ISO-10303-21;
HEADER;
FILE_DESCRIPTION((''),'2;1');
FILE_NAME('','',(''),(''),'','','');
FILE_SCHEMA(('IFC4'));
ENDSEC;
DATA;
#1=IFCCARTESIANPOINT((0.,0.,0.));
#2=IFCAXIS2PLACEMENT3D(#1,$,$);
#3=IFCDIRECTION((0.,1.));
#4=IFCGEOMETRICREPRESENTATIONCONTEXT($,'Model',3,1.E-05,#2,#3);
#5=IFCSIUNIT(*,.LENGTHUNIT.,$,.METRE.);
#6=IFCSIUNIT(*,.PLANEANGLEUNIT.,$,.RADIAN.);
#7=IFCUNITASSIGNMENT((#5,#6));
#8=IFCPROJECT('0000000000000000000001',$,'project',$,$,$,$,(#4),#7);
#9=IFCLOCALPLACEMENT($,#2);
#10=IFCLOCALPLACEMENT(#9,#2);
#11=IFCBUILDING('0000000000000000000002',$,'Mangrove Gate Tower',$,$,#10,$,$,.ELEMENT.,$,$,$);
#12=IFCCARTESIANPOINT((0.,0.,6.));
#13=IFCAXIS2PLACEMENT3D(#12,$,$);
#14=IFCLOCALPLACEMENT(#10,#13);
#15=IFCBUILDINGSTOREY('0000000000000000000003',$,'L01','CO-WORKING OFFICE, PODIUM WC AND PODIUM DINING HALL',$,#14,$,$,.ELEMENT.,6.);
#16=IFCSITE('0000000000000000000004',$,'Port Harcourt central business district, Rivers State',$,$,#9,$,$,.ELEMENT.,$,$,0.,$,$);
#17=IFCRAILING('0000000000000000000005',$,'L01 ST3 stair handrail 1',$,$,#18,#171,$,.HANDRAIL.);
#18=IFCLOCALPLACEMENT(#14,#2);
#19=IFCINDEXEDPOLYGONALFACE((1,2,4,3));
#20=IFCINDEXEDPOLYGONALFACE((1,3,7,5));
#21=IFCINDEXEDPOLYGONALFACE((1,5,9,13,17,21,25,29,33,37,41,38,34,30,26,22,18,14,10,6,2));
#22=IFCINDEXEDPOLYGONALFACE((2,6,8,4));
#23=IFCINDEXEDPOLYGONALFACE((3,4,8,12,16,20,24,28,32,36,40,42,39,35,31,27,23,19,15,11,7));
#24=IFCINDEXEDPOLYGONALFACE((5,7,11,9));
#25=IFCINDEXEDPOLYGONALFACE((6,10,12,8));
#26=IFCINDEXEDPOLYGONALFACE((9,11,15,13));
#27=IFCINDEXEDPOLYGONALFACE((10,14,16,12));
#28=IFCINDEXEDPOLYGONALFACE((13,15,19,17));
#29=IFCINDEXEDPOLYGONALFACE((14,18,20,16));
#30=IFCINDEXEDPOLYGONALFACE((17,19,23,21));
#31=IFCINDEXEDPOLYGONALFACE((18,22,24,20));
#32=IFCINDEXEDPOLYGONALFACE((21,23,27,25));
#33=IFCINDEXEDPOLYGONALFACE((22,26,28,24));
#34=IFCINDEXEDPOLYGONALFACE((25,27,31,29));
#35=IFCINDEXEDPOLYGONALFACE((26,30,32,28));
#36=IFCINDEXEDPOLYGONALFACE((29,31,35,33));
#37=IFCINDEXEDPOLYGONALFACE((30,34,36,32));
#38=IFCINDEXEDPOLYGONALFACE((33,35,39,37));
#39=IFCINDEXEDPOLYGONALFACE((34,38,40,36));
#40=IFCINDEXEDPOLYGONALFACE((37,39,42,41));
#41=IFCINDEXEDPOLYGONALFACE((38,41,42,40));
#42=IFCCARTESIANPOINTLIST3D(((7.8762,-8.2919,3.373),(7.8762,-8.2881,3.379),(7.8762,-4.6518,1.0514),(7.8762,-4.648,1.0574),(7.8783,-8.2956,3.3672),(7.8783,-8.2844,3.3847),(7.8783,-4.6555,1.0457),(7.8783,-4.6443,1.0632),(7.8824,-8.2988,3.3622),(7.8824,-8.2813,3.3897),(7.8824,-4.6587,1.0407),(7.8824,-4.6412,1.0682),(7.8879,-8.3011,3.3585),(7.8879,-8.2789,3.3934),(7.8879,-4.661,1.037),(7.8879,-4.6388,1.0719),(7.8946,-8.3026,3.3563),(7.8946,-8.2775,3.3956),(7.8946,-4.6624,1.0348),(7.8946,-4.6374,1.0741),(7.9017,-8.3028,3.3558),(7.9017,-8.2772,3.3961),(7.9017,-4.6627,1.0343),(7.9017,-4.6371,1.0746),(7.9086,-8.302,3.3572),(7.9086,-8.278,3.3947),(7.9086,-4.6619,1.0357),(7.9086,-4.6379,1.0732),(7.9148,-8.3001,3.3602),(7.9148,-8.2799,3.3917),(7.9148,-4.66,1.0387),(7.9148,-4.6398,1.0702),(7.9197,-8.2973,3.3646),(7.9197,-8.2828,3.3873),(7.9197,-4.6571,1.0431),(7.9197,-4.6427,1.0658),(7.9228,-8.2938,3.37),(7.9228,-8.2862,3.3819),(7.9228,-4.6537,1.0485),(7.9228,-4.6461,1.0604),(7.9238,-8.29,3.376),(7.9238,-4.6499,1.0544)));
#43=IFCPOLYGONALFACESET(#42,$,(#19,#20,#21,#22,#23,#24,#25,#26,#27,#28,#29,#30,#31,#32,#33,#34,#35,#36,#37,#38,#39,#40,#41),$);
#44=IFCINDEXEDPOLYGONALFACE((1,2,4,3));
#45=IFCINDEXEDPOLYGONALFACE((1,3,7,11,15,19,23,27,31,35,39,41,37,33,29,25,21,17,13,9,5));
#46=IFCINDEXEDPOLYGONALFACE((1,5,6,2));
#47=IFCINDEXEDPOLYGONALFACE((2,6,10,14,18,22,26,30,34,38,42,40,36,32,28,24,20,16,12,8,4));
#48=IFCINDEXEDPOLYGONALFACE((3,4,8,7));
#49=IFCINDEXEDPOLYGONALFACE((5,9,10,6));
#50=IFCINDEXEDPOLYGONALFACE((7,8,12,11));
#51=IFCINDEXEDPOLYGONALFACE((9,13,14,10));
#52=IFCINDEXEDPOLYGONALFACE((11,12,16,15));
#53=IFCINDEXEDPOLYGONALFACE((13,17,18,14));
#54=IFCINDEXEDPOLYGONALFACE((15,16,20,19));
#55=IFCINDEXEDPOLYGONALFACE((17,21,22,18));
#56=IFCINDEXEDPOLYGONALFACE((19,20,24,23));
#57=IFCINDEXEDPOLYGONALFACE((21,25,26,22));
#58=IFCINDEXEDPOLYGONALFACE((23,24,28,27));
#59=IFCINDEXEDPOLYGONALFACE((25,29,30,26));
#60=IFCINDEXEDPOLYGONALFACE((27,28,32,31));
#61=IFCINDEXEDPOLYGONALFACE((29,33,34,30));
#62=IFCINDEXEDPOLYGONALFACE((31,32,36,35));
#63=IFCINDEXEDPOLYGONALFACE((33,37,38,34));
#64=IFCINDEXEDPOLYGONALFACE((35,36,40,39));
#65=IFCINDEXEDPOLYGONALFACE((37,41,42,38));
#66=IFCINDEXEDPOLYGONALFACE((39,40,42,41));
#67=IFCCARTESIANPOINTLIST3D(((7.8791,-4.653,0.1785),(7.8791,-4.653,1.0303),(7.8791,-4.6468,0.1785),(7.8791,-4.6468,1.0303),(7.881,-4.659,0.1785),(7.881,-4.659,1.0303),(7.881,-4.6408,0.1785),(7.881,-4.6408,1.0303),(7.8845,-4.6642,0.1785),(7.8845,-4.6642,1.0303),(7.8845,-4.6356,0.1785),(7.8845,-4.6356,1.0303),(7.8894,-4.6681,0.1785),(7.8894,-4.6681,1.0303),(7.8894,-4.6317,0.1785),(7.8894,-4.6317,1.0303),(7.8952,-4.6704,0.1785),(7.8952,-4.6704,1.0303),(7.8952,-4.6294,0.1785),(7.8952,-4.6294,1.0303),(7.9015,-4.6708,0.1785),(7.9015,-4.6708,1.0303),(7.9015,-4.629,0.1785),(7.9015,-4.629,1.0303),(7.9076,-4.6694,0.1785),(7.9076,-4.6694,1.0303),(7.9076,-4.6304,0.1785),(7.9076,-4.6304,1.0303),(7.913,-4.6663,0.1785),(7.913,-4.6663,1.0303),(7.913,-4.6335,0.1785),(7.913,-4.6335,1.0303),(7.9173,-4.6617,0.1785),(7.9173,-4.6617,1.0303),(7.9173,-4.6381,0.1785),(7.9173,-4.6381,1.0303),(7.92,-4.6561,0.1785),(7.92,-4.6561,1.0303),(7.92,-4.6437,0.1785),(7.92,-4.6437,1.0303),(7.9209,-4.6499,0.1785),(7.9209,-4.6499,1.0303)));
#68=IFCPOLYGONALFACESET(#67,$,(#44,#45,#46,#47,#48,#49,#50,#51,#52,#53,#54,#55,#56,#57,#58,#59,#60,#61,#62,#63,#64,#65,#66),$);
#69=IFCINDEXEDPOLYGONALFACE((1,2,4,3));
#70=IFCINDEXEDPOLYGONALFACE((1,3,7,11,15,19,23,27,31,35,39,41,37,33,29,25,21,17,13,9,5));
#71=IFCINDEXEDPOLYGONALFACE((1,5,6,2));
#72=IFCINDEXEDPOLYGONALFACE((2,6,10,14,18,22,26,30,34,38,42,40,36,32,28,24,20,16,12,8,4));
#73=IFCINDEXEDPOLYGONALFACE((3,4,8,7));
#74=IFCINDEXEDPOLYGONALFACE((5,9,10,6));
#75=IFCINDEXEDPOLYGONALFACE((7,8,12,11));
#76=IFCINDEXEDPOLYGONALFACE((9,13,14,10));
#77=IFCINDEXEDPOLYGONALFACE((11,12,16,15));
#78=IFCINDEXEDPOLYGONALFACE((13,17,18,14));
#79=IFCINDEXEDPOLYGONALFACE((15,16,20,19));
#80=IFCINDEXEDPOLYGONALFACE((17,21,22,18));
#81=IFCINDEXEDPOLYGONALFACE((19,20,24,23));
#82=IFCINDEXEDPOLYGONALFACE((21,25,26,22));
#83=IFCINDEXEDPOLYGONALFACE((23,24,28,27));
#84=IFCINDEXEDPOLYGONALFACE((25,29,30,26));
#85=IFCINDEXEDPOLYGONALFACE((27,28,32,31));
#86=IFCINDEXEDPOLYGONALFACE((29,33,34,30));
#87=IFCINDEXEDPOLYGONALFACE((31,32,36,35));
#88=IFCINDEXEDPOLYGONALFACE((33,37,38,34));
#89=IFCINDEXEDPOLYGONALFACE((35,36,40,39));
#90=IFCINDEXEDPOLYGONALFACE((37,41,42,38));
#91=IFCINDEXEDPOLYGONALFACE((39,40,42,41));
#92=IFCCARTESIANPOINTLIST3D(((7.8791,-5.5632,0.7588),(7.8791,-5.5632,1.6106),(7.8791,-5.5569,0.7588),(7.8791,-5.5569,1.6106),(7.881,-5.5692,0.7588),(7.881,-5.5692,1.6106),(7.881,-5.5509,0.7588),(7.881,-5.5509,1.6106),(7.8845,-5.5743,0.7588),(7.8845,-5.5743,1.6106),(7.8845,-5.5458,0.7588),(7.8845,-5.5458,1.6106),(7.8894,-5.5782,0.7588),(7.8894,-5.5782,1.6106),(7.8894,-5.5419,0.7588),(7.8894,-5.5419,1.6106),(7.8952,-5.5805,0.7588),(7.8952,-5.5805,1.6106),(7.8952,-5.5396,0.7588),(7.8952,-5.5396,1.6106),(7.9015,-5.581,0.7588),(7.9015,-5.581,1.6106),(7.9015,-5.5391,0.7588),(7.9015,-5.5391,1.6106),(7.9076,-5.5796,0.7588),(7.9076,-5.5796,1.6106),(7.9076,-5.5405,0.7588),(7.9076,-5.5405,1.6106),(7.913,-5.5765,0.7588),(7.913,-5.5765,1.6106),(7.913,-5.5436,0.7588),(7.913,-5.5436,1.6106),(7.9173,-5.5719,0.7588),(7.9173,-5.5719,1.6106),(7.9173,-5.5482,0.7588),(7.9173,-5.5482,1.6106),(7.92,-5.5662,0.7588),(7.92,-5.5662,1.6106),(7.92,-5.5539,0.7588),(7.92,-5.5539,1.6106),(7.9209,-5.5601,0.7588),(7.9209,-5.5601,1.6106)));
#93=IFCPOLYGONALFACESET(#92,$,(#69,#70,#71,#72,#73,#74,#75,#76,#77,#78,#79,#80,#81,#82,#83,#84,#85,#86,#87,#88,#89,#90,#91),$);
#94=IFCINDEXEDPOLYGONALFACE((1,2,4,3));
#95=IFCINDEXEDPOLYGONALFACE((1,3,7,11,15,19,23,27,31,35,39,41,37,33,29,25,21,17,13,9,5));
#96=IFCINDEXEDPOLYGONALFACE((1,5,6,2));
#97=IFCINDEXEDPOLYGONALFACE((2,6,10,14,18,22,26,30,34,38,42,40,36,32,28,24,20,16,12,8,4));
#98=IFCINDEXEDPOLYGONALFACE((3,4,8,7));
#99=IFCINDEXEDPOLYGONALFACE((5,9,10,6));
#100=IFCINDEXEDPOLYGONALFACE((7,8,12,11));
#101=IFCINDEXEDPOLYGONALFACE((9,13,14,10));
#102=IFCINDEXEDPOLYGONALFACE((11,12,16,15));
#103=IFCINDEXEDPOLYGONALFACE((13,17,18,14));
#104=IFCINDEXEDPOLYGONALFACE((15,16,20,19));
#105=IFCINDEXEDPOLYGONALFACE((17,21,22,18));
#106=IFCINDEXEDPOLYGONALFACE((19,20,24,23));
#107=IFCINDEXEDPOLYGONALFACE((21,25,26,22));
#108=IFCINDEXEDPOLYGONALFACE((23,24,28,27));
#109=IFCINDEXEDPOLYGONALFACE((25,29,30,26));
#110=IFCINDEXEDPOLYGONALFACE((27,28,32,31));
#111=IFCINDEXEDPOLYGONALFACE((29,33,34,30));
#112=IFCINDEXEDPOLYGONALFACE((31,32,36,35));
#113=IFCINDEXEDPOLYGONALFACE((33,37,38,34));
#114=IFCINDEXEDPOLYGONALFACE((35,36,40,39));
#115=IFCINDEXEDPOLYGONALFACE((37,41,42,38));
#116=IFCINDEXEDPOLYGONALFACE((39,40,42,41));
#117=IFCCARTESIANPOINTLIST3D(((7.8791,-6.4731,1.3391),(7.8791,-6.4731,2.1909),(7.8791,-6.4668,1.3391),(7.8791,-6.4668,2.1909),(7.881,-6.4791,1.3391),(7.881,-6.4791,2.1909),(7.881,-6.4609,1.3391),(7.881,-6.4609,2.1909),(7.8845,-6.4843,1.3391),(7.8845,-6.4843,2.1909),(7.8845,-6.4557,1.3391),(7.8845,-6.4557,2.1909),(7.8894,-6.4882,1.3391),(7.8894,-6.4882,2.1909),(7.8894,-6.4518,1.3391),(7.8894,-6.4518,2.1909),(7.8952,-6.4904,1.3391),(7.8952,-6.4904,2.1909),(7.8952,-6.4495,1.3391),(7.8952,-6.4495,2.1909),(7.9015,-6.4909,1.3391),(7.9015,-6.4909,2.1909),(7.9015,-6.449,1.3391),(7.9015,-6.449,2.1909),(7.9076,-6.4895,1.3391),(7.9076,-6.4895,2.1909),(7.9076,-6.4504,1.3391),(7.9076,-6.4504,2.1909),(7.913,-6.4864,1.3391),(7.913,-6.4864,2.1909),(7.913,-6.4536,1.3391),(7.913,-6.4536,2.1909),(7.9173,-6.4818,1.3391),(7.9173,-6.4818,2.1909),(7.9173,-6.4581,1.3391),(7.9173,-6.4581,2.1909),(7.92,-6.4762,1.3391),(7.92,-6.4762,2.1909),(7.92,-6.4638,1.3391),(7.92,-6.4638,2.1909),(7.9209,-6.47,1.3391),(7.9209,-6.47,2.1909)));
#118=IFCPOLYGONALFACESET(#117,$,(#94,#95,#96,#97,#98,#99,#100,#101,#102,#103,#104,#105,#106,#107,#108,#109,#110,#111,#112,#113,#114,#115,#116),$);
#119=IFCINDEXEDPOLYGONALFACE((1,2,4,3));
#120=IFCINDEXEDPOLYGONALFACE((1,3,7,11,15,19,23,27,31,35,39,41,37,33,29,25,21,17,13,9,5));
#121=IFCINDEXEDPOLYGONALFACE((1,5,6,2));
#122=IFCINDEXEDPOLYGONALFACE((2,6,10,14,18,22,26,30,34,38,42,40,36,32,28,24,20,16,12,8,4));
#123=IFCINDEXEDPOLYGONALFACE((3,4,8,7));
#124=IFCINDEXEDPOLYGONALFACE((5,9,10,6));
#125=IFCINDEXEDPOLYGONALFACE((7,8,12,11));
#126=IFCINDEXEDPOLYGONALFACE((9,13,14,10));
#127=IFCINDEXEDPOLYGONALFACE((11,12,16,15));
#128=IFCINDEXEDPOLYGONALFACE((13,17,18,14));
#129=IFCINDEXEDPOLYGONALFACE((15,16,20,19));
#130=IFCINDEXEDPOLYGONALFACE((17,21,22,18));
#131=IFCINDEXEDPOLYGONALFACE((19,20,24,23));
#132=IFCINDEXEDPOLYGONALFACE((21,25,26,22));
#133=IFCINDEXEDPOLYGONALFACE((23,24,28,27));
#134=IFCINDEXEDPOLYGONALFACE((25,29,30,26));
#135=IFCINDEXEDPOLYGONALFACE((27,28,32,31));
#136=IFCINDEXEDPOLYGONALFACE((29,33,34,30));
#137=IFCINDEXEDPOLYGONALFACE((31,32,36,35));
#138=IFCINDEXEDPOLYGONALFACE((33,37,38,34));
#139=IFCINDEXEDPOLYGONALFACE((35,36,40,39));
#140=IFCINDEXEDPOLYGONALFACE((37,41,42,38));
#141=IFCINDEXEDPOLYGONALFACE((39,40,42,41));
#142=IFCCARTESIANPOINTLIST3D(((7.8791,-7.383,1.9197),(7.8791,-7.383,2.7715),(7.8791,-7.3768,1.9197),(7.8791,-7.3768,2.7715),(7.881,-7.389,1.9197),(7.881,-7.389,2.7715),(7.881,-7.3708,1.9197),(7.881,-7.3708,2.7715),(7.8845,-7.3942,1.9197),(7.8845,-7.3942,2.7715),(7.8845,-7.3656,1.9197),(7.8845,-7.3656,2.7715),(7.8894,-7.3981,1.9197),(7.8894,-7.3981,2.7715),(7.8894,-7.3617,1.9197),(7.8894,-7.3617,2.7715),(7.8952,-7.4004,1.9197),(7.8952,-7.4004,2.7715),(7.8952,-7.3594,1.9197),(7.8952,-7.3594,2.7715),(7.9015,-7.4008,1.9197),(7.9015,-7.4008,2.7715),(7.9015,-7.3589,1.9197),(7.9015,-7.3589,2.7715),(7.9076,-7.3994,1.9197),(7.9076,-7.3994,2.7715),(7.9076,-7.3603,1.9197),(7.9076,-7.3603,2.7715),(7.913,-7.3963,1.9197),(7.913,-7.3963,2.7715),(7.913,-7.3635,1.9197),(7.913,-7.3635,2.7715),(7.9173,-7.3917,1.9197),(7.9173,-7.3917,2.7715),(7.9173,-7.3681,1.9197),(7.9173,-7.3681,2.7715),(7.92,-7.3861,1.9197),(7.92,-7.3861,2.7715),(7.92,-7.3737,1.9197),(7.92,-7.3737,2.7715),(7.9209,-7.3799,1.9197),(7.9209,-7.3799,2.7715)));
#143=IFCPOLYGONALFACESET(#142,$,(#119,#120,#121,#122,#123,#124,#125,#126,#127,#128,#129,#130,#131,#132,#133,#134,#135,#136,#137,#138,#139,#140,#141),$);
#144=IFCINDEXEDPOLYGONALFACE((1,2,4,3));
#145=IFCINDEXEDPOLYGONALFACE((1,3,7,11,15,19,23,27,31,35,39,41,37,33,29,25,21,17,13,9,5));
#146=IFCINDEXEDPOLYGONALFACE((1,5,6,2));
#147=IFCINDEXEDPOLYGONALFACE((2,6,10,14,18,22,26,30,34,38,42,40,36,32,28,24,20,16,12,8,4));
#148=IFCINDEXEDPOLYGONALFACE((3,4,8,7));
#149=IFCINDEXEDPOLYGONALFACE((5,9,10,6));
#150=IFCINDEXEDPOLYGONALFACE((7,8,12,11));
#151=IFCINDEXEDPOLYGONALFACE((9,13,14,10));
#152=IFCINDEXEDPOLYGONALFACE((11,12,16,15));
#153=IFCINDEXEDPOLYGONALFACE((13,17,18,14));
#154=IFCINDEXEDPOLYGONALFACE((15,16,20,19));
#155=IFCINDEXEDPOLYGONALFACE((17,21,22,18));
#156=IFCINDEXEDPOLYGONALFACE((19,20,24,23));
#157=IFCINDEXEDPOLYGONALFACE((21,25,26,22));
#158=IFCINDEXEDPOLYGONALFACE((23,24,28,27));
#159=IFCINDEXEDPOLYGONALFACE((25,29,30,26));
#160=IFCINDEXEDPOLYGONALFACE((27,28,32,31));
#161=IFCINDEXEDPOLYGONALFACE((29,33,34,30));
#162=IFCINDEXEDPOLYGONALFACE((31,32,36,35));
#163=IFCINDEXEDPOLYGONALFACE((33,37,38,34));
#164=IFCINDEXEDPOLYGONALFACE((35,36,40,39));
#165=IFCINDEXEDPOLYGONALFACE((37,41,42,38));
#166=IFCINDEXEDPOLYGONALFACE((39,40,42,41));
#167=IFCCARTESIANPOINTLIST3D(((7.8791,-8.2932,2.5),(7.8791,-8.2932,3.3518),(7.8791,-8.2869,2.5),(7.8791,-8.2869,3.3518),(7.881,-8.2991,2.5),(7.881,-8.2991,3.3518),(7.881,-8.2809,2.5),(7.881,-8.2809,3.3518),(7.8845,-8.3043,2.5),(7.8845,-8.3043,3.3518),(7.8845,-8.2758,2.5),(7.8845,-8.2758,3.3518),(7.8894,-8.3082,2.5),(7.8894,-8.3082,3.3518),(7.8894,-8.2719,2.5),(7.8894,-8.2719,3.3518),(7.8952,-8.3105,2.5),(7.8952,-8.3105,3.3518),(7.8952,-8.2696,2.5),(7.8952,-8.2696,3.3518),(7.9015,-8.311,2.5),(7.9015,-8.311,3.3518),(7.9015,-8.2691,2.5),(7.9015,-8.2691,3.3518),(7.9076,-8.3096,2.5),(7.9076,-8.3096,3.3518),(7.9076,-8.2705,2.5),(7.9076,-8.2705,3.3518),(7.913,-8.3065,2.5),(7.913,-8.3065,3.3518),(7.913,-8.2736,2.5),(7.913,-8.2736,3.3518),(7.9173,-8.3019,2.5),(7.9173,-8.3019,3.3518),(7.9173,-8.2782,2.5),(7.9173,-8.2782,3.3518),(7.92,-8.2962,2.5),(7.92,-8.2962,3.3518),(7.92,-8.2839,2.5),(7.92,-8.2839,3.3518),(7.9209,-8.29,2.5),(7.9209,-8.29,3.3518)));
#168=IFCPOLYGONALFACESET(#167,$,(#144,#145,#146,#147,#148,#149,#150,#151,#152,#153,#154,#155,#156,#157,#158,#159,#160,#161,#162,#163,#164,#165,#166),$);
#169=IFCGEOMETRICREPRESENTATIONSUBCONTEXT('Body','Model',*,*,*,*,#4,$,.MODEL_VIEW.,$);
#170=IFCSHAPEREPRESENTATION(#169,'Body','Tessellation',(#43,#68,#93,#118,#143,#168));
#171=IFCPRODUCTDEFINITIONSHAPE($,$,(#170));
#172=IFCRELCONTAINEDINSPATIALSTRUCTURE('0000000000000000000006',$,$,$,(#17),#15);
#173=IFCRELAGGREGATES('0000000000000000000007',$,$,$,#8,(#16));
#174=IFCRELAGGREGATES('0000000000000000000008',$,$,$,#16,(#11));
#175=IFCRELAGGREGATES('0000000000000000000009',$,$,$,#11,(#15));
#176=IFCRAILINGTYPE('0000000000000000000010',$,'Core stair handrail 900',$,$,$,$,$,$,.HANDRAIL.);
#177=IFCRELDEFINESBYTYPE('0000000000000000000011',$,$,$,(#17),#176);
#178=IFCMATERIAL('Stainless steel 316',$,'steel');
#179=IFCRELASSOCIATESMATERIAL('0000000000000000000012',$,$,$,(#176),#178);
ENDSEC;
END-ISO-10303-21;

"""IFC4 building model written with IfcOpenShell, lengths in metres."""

from ifc_helpers import new_model, si_unit, direction, frame, origin, origin_2d, place, context, subcontext, project, spatial, circle, extrude, material, type_object, element, save


model = new_model("IFC4")

# Units and contexts
model_context = context("Model", 3, precision=1e-05, world=origin(), true_north=direction((0.0, 1.0)))
body_context = subcontext(model_context, "Body", "Model", "MODEL_VIEW")
ifc_project = project(units=[si_unit("LENGTHUNIT", "METRE"), si_unit("PLANEANGLEUNIT", "RADIAN")], contexts=[model_context])

# Site, building, storey
site_placement = place(None, origin())
site = spatial("IfcSite", under=ifc_project, at=site_placement, Name="Port Harcourt central business district, Rivers State", CompositionType="ELEMENT", RefElevation=0.0)
building_placement = place(site_placement, origin())
building = spatial("IfcBuilding", under=site, at=building_placement, Name="Mangrove Gate Tower", CompositionType="ELEMENT")
storey_placement = place(building_placement, frame((0.0, 0.0, 6.0)))
storey = spatial("IfcBuildingStorey", under=building, at=storey_placement, Name="L01", Description="CO-WORKING OFFICE, PODIUM WC AND PODIUM DINING HALL", CompositionType="ELEMENT", Elevation=6.0)

# Railing
ifc_material_1 = material(Name="Stainless steel 316", Category="steel")
railing_type_1 = type_object("IfcRailingType", Name="Core stair handrail 900", PredefinedType="HANDRAIL", material=ifc_material_1)
railing_1_placement = place(storey_placement, frame((7.8999, -4.6499, 0.1785)))
element("IfcRailing", 1, at=railing_1_placement, inside=storey, type_object=railing_type_1, Name="L01 ST3 stair handrail 1", PredefinedType="HANDRAIL", context=body_context, shape_type="SweptSolid", body=[
    extrude(circle(Radius=0.0239, at=origin_2d()), frame((0.0, 0.0, 0.876), z_axis=(0.0, -0.843128, 0.537713), x_axis=(1.0, 0.0, 0.0)), (0.0, 0.0, 1.0), 4.3174),
    extrude(circle(Radius=0.021, at=origin_2d()), origin(), (0.0, 0.0, 1.0), 0.8518),
    extrude(circle(Radius=0.021, at=origin_2d()), frame((0.0, -0.9102, 0.5803)), (0.0, 0.0, 1.0), 0.8518),
    extrude(circle(Radius=0.021, at=origin_2d()), frame((0.0, -1.8201, 1.1606)), (0.0, 0.0, 1.0), 0.8518),
    extrude(circle(Radius=0.021, at=origin_2d()), frame((0.0, -2.73, 1.7412)), (0.0, 0.0, 1.0), 0.8518),
    extrude(circle(Radius=0.021, at=origin_2d()), frame((0.0, -3.6401, 2.3215)), (0.0, 0.0, 1.0), 0.8518),
])

save(model, "model.ifc")
